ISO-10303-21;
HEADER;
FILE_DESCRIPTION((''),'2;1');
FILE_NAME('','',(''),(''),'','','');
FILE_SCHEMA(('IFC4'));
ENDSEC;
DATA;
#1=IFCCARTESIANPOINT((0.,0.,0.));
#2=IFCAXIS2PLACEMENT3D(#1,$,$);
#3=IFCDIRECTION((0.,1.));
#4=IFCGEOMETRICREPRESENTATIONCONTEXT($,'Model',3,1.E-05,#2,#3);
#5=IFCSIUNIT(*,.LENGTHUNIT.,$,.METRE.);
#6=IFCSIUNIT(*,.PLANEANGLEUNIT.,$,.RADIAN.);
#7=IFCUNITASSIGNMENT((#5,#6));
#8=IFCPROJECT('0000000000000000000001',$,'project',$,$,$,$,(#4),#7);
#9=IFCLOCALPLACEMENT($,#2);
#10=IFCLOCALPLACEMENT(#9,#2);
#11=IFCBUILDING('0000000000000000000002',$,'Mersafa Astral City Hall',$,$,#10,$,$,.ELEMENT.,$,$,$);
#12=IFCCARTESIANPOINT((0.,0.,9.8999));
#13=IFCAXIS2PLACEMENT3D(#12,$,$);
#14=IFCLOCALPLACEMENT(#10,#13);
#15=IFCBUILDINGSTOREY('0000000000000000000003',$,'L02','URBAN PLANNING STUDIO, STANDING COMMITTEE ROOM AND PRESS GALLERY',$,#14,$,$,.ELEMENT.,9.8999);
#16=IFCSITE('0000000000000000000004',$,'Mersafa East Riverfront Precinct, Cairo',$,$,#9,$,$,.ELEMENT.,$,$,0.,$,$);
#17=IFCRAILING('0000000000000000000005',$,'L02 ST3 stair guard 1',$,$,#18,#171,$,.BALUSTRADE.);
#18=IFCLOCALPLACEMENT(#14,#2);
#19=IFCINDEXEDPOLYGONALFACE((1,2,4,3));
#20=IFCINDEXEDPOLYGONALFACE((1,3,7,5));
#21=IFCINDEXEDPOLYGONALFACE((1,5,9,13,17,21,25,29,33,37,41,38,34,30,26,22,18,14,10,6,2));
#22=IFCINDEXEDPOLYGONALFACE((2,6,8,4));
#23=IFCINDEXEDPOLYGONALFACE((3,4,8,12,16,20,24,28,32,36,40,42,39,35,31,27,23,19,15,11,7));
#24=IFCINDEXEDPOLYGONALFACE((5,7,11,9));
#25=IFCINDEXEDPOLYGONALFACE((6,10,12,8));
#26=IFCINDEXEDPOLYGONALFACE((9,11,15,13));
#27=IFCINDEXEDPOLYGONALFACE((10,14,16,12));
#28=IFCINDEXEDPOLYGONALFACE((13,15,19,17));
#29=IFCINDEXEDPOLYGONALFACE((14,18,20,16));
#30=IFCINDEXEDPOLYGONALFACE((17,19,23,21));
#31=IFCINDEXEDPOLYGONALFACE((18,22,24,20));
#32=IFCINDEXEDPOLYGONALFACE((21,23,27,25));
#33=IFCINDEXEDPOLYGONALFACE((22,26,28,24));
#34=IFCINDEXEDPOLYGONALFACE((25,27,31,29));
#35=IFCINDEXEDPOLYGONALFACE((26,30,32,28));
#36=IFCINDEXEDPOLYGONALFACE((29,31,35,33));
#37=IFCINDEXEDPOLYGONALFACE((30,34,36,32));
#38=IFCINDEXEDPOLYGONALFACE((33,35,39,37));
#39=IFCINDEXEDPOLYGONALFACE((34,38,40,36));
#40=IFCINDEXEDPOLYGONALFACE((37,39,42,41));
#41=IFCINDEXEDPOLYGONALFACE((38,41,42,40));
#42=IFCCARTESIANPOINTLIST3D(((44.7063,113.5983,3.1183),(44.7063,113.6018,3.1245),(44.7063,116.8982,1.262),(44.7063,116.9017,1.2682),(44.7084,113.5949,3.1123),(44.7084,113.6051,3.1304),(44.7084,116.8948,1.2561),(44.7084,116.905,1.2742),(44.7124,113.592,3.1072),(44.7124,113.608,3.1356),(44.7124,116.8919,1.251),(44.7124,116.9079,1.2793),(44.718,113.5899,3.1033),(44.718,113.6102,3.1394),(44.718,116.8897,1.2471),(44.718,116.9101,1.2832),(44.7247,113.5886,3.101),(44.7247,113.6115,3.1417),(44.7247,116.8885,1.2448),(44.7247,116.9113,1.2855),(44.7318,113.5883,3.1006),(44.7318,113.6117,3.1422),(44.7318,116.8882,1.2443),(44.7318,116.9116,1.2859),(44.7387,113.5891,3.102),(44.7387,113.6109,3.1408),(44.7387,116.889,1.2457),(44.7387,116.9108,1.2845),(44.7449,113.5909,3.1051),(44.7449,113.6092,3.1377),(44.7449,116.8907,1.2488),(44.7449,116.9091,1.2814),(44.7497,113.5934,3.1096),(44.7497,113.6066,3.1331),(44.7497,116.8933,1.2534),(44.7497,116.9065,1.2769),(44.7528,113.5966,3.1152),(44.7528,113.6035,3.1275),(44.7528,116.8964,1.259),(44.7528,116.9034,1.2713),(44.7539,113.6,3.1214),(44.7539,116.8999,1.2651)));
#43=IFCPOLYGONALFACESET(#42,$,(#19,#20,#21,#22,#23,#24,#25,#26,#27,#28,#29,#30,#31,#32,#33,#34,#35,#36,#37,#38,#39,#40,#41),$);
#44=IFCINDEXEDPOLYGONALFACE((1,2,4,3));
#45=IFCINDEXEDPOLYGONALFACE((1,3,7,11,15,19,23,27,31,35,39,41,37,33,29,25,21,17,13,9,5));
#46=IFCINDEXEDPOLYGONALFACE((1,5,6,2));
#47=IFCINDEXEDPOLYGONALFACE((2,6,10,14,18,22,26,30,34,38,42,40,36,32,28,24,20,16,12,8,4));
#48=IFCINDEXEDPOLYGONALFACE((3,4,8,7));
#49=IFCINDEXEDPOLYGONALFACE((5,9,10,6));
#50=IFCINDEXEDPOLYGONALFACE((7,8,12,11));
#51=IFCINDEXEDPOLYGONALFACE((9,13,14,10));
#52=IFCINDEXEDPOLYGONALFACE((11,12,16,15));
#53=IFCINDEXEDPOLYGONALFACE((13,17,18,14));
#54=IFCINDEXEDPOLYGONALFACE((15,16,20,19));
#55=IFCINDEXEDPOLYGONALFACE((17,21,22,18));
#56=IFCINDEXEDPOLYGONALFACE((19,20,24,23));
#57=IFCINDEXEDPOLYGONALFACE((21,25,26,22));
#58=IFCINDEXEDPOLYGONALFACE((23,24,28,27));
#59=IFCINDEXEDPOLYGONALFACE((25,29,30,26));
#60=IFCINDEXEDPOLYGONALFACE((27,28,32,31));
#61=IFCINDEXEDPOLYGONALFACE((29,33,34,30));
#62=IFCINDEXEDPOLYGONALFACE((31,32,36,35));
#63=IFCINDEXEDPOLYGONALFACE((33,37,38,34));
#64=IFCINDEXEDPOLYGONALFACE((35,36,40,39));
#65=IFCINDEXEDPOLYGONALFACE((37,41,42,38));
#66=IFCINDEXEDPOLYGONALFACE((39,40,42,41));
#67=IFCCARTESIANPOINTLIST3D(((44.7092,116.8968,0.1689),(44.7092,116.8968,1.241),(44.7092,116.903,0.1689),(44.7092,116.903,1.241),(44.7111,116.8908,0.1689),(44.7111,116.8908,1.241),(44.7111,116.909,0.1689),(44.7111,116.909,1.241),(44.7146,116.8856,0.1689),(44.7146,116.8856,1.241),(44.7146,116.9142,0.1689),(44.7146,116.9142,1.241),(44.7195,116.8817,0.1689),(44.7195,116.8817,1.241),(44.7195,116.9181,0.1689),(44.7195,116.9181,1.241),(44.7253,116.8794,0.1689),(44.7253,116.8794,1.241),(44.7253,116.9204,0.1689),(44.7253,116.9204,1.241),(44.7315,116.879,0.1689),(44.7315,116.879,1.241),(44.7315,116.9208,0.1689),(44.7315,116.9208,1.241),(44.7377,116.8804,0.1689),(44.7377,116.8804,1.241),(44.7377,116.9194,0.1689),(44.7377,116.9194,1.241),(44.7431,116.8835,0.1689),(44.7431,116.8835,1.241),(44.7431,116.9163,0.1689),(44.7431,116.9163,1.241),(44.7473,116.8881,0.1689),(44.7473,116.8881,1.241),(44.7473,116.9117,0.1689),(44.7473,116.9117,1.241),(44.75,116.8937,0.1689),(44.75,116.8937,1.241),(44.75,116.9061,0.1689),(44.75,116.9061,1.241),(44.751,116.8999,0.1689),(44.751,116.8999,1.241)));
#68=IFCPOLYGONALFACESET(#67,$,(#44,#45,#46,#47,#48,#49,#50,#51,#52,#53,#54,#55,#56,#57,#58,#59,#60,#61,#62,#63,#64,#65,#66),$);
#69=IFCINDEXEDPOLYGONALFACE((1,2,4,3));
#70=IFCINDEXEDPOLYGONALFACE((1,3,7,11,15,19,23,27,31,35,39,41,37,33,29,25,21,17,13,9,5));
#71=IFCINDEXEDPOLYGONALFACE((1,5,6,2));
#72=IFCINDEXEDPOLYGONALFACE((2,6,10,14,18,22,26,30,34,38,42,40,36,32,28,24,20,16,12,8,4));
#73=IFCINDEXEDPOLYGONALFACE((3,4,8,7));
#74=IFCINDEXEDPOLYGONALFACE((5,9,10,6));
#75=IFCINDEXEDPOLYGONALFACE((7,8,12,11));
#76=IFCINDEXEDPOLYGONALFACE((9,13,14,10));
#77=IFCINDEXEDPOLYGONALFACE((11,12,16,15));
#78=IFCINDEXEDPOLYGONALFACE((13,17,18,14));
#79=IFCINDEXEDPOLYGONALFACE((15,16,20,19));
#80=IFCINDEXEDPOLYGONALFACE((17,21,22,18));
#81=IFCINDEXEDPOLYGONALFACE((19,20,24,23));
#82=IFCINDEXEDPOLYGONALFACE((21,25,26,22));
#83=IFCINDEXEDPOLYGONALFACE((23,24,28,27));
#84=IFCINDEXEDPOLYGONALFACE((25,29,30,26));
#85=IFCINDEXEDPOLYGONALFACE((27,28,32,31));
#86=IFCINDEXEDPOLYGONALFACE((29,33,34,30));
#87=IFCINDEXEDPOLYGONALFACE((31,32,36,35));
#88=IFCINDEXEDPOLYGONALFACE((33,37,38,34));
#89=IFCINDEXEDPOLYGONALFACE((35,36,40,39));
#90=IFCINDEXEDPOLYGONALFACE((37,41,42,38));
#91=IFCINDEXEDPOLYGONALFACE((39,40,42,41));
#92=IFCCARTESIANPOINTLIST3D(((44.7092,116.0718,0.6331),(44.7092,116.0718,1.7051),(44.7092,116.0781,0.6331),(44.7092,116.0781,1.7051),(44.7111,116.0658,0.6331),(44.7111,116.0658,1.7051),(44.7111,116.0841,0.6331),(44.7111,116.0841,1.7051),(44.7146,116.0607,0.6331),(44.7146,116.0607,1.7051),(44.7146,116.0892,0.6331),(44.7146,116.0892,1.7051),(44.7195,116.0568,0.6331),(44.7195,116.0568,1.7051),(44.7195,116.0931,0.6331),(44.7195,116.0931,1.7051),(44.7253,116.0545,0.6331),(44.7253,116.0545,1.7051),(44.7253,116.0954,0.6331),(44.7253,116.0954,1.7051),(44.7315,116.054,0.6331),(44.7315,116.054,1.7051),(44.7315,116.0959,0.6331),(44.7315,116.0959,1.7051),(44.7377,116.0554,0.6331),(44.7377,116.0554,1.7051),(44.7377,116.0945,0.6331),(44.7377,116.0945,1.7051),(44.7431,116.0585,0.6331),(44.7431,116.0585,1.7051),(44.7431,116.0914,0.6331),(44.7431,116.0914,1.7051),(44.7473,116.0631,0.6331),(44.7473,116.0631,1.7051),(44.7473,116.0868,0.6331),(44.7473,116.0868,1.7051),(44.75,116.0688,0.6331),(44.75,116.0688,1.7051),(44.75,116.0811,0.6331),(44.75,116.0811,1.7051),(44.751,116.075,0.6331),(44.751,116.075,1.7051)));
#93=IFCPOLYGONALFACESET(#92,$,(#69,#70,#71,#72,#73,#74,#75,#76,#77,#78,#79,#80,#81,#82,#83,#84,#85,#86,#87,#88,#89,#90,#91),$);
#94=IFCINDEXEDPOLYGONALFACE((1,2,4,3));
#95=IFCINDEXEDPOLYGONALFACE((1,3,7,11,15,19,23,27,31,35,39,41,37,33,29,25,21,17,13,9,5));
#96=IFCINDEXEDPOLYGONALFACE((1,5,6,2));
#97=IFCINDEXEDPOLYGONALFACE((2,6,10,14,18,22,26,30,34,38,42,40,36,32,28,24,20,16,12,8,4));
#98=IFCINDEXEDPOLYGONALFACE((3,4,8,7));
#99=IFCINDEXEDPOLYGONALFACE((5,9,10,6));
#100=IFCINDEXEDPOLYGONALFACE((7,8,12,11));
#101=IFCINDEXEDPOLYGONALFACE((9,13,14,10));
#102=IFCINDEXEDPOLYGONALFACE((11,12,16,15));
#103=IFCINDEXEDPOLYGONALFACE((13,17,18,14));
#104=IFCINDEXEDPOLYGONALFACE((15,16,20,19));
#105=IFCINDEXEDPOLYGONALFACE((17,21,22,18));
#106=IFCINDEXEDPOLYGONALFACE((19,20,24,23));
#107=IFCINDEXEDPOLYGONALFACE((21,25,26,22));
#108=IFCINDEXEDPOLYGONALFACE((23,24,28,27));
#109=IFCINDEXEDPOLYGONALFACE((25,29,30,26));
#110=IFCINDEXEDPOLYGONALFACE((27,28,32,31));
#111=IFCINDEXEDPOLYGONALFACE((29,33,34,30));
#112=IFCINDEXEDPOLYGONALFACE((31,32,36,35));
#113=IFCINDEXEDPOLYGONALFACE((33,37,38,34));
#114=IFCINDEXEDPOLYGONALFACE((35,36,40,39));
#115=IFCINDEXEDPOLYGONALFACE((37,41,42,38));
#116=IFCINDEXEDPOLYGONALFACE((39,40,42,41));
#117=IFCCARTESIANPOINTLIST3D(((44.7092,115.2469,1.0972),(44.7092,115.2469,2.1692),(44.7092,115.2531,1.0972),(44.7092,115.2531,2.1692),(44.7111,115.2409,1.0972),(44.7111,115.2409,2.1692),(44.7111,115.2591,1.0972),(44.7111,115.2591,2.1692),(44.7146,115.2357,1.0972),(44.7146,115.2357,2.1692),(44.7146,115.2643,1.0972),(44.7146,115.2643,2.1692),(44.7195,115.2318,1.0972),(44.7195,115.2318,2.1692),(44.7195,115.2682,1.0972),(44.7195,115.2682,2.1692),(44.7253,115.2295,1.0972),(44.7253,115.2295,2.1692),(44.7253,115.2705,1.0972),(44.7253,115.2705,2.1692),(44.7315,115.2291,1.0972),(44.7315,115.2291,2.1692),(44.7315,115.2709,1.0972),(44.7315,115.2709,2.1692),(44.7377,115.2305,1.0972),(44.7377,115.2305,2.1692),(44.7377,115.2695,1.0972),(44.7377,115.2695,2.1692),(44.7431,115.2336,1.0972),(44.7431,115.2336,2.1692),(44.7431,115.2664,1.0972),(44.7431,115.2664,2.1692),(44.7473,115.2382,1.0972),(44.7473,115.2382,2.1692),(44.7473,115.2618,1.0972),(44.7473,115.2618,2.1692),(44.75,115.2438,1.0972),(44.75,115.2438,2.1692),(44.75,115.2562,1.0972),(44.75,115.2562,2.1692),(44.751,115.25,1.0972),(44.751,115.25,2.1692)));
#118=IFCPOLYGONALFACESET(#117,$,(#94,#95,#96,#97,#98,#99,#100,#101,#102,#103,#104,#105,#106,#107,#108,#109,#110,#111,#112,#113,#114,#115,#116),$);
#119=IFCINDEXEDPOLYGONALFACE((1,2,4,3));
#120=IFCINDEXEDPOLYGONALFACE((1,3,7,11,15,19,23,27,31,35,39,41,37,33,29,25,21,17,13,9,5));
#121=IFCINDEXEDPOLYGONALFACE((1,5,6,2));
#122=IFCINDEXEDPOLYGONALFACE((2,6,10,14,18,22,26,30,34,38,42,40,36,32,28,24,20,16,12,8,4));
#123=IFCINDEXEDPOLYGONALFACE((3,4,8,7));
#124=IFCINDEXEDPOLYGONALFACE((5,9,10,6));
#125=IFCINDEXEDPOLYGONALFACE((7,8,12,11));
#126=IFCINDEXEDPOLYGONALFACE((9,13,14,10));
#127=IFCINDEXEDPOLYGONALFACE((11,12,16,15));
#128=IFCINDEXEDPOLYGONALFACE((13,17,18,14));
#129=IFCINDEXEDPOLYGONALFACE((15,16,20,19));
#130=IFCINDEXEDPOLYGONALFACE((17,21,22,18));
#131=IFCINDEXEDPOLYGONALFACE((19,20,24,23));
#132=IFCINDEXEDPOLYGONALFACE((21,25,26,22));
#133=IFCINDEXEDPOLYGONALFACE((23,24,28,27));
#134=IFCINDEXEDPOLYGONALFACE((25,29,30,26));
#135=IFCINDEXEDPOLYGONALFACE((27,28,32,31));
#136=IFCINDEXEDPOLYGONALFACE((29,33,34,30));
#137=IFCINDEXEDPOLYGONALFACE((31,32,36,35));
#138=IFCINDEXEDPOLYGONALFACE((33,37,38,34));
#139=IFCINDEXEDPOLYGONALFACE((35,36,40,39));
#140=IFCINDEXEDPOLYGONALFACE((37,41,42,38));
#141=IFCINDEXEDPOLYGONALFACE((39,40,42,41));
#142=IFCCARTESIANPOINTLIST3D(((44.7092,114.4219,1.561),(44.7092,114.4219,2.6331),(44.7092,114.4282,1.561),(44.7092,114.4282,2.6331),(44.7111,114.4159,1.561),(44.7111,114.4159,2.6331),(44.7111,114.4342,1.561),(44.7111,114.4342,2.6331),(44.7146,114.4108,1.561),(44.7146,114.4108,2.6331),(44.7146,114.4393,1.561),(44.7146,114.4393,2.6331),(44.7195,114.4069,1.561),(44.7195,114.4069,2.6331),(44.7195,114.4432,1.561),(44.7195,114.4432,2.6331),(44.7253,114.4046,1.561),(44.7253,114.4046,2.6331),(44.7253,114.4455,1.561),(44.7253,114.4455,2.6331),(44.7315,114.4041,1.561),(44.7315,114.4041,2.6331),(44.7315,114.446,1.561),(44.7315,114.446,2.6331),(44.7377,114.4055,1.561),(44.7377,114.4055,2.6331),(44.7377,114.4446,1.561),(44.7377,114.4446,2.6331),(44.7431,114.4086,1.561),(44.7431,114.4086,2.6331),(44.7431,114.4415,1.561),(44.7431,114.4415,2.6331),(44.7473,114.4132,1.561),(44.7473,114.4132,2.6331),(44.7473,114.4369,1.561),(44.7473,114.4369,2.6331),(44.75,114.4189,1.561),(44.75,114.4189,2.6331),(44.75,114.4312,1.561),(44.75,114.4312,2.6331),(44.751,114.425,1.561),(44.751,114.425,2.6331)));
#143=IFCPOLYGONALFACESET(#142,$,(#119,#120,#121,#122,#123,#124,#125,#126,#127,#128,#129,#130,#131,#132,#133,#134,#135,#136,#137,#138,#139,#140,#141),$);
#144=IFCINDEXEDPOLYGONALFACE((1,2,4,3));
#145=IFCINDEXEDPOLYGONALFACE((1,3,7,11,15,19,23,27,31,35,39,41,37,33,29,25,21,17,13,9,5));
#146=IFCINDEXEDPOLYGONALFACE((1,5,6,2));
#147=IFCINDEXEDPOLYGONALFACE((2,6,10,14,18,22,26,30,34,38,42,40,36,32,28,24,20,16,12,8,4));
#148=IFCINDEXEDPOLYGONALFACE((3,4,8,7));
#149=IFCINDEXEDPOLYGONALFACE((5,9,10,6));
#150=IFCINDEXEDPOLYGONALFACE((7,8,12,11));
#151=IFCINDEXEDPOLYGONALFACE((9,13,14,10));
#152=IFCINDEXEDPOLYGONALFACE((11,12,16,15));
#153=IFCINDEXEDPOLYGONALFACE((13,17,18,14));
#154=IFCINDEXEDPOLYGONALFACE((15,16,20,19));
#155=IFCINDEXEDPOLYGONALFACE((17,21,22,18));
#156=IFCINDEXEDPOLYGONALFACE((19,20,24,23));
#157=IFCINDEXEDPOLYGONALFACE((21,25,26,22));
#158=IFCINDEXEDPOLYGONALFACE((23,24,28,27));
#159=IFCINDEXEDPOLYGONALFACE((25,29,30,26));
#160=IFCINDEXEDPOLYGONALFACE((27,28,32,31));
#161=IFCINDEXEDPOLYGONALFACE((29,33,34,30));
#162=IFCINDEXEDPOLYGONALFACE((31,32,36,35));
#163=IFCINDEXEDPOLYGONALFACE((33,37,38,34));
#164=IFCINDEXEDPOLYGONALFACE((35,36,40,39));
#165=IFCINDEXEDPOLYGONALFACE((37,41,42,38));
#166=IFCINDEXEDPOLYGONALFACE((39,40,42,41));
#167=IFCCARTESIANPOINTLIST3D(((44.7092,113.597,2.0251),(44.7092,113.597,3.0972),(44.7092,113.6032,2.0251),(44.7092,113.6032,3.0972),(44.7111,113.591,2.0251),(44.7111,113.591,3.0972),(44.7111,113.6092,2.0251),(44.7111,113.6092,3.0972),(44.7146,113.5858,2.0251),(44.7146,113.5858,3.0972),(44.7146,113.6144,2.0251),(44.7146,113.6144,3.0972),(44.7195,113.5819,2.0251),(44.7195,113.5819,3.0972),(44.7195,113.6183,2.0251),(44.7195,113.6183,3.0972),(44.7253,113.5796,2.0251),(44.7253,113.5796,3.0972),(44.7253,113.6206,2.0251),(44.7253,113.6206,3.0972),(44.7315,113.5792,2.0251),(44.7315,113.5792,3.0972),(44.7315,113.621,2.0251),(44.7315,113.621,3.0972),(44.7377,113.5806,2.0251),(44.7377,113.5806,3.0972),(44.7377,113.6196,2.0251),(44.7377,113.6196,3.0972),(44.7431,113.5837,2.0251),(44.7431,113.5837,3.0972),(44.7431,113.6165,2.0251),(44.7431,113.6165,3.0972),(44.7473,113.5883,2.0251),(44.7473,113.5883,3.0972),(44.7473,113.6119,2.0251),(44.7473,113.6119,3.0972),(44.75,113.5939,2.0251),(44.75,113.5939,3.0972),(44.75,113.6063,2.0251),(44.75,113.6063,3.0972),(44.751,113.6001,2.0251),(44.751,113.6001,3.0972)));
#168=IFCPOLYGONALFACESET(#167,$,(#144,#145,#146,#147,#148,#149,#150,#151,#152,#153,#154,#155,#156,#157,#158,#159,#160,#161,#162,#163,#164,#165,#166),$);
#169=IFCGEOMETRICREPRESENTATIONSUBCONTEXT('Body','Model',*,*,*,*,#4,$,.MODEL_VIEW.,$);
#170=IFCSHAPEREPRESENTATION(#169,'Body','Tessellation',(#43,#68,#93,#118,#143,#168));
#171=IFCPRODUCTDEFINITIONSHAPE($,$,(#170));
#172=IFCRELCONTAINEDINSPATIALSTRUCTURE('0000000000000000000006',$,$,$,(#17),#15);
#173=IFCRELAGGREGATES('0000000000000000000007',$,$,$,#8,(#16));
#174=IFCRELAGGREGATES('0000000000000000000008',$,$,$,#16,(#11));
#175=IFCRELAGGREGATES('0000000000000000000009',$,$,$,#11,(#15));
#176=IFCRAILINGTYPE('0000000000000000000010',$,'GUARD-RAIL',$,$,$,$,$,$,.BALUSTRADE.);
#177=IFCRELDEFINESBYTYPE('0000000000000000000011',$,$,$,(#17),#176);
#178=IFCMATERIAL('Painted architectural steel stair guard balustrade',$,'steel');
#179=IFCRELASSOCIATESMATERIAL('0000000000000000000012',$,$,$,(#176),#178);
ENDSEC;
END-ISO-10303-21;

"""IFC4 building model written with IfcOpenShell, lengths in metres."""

from ifc_helpers import new_model, si_unit, direction, frame, origin, origin_2d, place, context, subcontext, project, spatial, circle, extrude, material, type_object, element, save


model = new_model("IFC4")

# Units and contexts
model_context = context("Model", 3, precision=1e-05, world=origin(), true_north=direction((0.0, 1.0)))
body_context = subcontext(model_context, "Body", "Model", "MODEL_VIEW")
ifc_project = project(units=[si_unit("LENGTHUNIT", "METRE"), si_unit("PLANEANGLEUNIT", "RADIAN")], contexts=[model_context])

# Site, building, storey
site_placement = place(None, origin())
site = spatial("IfcSite", under=ifc_project, at=site_placement, Name="Mersafa East Riverfront Precinct, Cairo", CompositionType="ELEMENT", RefElevation=0.0)
building_placement = place(site_placement, origin())
building = spatial("IfcBuilding", under=site, at=building_placement, Name="Mersafa Astral City Hall", CompositionType="ELEMENT")
storey_placement = place(building_placement, frame((0.0, 0.0, 9.8999)))
storey = spatial("IfcBuildingStorey", under=building, at=storey_placement, Name="L02", Description="URBAN PLANNING STUDIO, STANDING COMMITTEE ROOM AND PRESS GALLERY", CompositionType="ELEMENT", Elevation=9.8999)

# Railing
ifc_material_1 = material(Name="Painted architectural steel stair guard balustrade", Category="steel")
railing_type_1 = type_object("IfcRailingType", Name="GUARD-RAIL", PredefinedType="BALUSTRADE", material=ifc_material_1)
railing_1_placement = place(storey_placement, frame((44.73, 116.8999, 0.1689)))
element("IfcRailing", 1, at=railing_1_placement, inside=storey, type_object=railing_type_1, Name="L02 ST3 stair guard 1", PredefinedType="BALUSTRADE", context=body_context, shape_type="SweptSolid", body=[
    extrude(circle(Radius=0.0239, at=origin_2d()), frame((0.0, 0.0, 1.0962), z_axis=(0.0, -0.871569, 0.490273), x_axis=(1.0, 0.0, 0.0)), (0.0, 0.0, 1.0), 3.7861),
    extrude(circle(Radius=0.021, at=origin_2d()), origin(), (0.0, 0.0, 1.0), 1.072),
    extrude(circle(Radius=0.021, at=origin_2d()), frame((0.0, -0.825, 0.4641)), (0.0, 0.0, 1.0), 1.072),
    extrude(circle(Radius=0.021, at=origin_2d()), frame((0.0, -1.6499, 0.9282)), (0.0, 0.0, 1.0), 1.072),
    extrude(circle(Radius=0.021, at=origin_2d()), frame((0.0, -2.4749, 1.3921)), (0.0, 0.0, 1.0), 1.072),
    extrude(circle(Radius=0.021, at=origin_2d()), frame((0.0, -3.2998, 1.8562)), (0.0, 0.0, 1.0), 1.072),
])

save(model, "model.ifc")
